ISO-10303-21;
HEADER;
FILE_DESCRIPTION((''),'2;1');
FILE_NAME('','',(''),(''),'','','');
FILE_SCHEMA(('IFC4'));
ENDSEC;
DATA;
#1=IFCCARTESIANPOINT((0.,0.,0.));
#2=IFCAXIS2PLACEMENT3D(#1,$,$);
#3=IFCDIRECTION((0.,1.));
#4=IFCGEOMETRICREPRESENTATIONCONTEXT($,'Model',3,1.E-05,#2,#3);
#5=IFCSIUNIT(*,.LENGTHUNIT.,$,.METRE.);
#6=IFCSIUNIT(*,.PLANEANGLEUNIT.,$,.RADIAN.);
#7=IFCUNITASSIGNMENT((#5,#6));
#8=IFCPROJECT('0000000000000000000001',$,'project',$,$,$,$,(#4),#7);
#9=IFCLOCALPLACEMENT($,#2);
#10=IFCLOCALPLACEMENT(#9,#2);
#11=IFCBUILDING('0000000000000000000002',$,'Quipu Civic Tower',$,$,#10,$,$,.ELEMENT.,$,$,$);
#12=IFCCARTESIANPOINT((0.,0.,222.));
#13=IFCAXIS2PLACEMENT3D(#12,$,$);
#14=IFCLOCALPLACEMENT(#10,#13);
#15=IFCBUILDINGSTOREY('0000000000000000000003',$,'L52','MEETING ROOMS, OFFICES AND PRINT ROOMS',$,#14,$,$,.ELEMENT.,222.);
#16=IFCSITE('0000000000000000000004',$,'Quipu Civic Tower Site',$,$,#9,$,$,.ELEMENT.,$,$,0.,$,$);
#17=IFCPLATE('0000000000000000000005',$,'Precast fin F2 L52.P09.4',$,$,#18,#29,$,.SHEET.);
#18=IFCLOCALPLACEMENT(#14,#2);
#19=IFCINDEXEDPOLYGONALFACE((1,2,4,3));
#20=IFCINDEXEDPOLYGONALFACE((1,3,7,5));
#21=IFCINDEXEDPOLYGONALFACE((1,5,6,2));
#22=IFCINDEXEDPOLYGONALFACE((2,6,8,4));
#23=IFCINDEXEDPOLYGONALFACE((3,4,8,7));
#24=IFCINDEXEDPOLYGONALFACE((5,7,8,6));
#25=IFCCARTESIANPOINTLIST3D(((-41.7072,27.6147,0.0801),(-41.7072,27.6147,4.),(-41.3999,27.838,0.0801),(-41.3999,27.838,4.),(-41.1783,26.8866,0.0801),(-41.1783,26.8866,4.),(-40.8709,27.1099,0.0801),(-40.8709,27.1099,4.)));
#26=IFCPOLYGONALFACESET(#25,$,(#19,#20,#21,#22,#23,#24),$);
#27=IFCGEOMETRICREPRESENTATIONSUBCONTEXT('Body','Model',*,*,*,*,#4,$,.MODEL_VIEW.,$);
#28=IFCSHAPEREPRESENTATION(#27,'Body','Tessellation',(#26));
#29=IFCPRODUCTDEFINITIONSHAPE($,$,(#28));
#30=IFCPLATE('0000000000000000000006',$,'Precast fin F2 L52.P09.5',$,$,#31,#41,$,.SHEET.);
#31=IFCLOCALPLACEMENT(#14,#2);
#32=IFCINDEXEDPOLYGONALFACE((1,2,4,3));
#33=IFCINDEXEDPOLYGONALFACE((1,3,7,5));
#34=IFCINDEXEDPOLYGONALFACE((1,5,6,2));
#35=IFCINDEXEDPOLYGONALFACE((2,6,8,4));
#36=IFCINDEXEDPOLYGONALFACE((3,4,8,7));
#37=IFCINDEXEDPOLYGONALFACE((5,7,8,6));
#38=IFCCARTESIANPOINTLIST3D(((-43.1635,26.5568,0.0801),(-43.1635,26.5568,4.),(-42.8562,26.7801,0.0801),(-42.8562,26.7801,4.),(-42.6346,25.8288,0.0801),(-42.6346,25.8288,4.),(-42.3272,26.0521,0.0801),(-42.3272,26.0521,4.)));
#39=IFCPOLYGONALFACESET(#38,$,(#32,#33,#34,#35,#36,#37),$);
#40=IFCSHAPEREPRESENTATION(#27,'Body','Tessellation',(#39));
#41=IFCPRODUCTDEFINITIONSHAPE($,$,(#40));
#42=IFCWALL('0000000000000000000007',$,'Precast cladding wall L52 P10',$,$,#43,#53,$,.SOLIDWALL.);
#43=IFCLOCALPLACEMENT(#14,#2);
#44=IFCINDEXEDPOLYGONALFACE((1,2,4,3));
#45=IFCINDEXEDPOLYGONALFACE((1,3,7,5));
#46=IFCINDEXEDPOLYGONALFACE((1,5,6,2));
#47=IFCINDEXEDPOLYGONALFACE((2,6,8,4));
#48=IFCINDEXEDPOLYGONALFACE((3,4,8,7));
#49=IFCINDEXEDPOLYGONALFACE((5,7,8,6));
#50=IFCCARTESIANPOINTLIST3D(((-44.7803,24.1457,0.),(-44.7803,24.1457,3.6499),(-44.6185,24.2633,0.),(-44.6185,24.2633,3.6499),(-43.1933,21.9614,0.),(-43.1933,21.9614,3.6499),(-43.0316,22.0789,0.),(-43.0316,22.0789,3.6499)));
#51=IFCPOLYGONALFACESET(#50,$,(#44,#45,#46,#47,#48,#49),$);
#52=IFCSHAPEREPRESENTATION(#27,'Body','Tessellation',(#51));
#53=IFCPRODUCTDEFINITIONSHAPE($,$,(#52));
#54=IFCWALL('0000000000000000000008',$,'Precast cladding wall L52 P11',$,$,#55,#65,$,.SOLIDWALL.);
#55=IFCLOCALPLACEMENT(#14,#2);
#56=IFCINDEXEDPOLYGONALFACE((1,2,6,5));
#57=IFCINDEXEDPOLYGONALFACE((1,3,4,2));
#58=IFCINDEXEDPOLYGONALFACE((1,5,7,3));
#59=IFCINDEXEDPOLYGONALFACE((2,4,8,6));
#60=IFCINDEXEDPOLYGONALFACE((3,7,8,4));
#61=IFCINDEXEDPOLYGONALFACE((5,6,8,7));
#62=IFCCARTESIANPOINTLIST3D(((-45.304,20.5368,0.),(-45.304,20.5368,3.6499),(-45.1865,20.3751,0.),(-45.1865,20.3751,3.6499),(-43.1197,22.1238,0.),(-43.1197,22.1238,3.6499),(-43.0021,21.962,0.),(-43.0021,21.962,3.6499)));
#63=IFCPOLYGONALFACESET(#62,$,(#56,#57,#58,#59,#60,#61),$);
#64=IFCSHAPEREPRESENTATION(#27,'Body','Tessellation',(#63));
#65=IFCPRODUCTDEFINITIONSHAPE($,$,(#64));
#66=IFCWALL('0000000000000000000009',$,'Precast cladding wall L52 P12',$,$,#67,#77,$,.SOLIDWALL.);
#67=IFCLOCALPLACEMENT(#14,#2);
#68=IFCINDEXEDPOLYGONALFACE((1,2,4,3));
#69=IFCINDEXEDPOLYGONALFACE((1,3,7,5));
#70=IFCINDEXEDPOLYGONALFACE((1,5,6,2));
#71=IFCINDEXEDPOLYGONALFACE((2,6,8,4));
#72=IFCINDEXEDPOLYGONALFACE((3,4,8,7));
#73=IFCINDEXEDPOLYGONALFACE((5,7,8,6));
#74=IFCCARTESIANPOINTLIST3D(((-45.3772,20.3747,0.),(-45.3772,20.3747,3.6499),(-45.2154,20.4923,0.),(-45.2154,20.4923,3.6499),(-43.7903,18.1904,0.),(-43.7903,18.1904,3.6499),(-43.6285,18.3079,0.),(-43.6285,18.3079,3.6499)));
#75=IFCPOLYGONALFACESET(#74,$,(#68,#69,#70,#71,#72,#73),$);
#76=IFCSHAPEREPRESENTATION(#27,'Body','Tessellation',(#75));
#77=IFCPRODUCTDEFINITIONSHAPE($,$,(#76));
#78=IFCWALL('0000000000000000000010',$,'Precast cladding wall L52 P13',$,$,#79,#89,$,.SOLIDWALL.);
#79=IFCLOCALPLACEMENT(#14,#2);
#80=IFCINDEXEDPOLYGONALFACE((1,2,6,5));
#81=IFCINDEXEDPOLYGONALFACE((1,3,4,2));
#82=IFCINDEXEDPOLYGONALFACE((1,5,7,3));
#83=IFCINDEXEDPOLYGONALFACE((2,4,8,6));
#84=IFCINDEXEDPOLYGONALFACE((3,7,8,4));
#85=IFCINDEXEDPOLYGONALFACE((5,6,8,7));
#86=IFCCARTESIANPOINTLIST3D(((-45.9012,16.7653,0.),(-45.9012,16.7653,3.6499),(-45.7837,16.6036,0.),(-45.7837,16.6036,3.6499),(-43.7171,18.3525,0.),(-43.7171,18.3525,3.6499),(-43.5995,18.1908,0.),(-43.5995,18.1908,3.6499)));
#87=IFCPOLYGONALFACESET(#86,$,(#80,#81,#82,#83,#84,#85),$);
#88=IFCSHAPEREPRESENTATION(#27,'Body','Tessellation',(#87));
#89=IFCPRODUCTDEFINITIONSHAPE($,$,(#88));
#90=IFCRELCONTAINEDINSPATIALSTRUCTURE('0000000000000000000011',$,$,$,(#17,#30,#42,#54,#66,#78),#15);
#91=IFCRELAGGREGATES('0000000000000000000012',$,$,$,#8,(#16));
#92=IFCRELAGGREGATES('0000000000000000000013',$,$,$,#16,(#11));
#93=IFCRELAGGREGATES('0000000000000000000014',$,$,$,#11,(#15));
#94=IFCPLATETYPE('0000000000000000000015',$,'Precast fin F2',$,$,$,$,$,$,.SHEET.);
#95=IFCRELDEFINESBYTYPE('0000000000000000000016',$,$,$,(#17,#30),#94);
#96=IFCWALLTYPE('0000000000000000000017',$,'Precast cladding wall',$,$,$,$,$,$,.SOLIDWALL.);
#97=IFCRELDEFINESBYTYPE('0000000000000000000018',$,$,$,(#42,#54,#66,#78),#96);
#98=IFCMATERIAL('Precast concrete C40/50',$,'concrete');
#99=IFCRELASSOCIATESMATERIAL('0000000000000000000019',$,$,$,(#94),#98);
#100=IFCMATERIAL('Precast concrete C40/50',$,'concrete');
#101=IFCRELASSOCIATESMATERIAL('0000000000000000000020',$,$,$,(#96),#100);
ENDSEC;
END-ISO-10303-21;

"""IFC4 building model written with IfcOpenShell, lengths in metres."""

from ifc_helpers import new_model, si_unit, direction, frame, frame_2d, origin, origin_2d, place, context, subcontext, project, spatial, rectangle, extrude, material, type_object, element, save


model = new_model("IFC4")

# Units and contexts
model_context = context("Model", 3, precision=1e-05, world=origin(), true_north=direction((0.0, 1.0)))
body_context = subcontext(model_context, "Body", "Model", "MODEL_VIEW")
ifc_project = project(units=[si_unit("LENGTHUNIT", "METRE"), si_unit("PLANEANGLEUNIT", "RADIAN")], contexts=[model_context])

# Site, building, storey
site_placement = place(None, origin())
site = spatial("IfcSite", under=ifc_project, at=site_placement, Name="Quipu Civic Tower Site", CompositionType="ELEMENT", RefElevation=0.0)
building_placement = place(site_placement, origin())
building = spatial("IfcBuilding", under=site, at=building_placement, Name="Quipu Civic Tower", CompositionType="ELEMENT")
storey_placement = place(building_placement, frame((0.0, 0.0, 222.0)))
storey = spatial("IfcBuildingStorey", under=building, at=storey_placement, Name="L52", Description="MEETING ROOMS, OFFICES AND PRINT ROOMS", CompositionType="ELEMENT", Elevation=222.0)

# Plates
ifc_material_1 = material(Name="Precast concrete C40/50", Category="concrete")
plate_type_1 = type_object("IfcPlateType", Name="Precast fin F2", PredefinedType="SHEET", material=ifc_material_1)
for number, where, z_axis, x_axis, name in (
    (1, (-41.2891, 27.3623, 0.0801), (0.0, 0.0, 1.0), (-0.809017, -0.587785, 0.0), "Precast fin F2 L52.P09.4"),
    (2, (-42.7454, 26.3044, 0.0801), (0.0, 0.0, 1.0), (-0.809017, -0.587785, 0.0), "Precast fin F2 L52.P09.5"),
):
    element("IfcPlate", number, at=place(storey_placement, frame(where, z_axis=z_axis, x_axis=x_axis)), inside=storey, type_object=plate_type_1, Name=name, PredefinedType="SHEET", context=body_context, shape_type="SweptSolid", body=[
        extrude(rectangle(XDim=0.3799, YDim=0.8999, at=origin_2d()), origin(), (0.0, 0.0, 1.0), 3.9199),
    ])

# Walls
ifc_material_2 = material(Name="Precast concrete C40/50", Category="concrete")
wall_type = type_object("IfcWallType", Name="Precast cladding wall", PredefinedType="SOLIDWALL", material=ifc_material_2)
for number, where, z_axis, x_axis, name in (
    (3, (-44.6995, 24.2046, 0.0), (0.0, 0.0, 1.0), (0.587763, -0.809033, 0.0), "Precast cladding wall L52 P10"),
    (4, (-43.0608, 22.043, 0.0), (0.0, 0.0, 1.0), (-0.809033, -0.587763, 0.0), "Precast cladding wall L52 P11"),
    (5, (-45.2964, 20.4336, 0.0), (0.0, 0.0, 1.0), (0.587763, -0.809033, 0.0), "Precast cladding wall L52 P12"),
    (6, (-43.6582, 18.2717, 0.0), (0.0, 0.0, 1.0), (-0.808959, -0.587865, 0.0), "Precast cladding wall L52 P13"),
):
    element("IfcWall", number, at=place(storey_placement, frame(where, z_axis=z_axis, x_axis=x_axis)), inside=storey, type_object=wall_type, Name=name, PredefinedType="SOLIDWALL", context=body_context, shape_type="SweptSolid", body=[
        extrude(rectangle(XDim=2.7, YDim=0.2, at=frame_2d((1.3501, 0.0))), origin(), (0.0, 0.0, 1.0), 3.6499),
    ])

save(model, "model.ifc")
